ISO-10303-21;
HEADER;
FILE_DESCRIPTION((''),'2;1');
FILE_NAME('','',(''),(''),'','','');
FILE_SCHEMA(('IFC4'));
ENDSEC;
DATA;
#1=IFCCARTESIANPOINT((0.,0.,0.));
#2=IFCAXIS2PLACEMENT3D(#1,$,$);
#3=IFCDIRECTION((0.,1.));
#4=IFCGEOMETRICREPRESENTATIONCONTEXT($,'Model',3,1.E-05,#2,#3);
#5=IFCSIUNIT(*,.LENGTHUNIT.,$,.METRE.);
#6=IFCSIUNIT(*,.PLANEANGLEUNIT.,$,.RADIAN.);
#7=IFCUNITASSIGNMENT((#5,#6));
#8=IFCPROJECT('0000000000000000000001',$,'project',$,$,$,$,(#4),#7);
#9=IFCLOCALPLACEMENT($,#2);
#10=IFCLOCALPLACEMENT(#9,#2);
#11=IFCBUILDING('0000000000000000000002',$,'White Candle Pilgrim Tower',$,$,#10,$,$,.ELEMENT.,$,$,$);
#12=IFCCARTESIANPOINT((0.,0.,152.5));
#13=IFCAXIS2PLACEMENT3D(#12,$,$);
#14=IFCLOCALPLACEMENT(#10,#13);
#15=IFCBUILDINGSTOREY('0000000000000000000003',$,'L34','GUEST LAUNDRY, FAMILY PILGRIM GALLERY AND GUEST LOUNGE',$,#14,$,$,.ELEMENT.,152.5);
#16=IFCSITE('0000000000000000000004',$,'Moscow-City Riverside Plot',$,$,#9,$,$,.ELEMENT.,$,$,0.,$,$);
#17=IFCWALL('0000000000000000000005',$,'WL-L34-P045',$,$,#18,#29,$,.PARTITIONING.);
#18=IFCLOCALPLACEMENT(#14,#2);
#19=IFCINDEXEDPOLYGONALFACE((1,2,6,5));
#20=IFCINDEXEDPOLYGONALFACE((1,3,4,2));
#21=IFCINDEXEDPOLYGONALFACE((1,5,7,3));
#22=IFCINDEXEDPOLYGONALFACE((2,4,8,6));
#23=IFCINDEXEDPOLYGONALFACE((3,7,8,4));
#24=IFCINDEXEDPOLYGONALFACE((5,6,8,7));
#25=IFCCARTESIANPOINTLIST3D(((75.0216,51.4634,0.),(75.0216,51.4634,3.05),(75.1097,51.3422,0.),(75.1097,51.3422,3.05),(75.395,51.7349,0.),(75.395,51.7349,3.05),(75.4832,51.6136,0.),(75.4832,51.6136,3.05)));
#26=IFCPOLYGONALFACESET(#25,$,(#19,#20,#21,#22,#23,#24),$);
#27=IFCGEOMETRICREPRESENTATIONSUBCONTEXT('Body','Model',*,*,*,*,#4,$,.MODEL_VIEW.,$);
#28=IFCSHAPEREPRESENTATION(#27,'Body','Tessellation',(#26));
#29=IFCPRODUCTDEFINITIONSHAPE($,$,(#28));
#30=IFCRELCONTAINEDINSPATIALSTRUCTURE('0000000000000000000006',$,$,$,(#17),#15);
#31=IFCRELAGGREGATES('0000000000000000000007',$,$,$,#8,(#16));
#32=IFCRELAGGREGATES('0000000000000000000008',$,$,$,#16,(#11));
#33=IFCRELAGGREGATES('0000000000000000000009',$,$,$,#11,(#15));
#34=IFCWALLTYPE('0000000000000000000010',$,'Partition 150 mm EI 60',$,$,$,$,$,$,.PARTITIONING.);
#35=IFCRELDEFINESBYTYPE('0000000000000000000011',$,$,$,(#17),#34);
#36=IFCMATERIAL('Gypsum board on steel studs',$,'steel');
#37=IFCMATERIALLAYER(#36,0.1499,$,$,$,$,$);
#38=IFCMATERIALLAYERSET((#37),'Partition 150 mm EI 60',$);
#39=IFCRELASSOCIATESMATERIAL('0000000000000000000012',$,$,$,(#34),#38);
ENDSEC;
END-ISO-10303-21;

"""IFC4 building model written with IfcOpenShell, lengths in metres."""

from ifc_helpers import new_model, si_unit, direction, frame, frame_2d, origin, place, context, subcontext, project, spatial, rectangle, extrude, material, layer, layer_set, type_object, element, save


model = new_model("IFC4")

# Units and contexts
model_context = context("Model", 3, precision=1e-05, world=origin(), true_north=direction((0.0, 1.0)))
body_context = subcontext(model_context, "Body", "Model", "MODEL_VIEW")
ifc_project = project(units=[si_unit("LENGTHUNIT", "METRE"), si_unit("PLANEANGLEUNIT", "RADIAN")], contexts=[model_context])

# Site, building, storey
site_placement = place(None, origin())
site = spatial("IfcSite", under=ifc_project, at=site_placement, Name="Moscow-City Riverside Plot", CompositionType="ELEMENT", RefElevation=0.0)
building_placement = place(site_placement, origin())
building = spatial("IfcBuilding", under=site, at=building_placement, Name="White Candle Pilgrim Tower", CompositionType="ELEMENT")
storey_placement = place(building_placement, frame((0.0, 0.0, 152.5)))
storey = spatial("IfcBuildingStorey", under=building, at=storey_placement, Name="L34", Description="GUEST LAUNDRY, FAMILY PILGRIM GALLERY AND GUEST LOUNGE", CompositionType="ELEMENT", Elevation=152.5)

# Shared definitions
ifc_material_1 = material(Name="Gypsum board on steel studs", Category="steel")

# Wall
ifc_layer_1 = layer(ifc_material_1, 0.1499)
ifc_layer_set_1 = layer_set([ifc_layer_1], Name="Partition 150 mm EI 60")
wall_type_1 = type_object("IfcWallType", Name="Partition 150 mm EI 60", PredefinedType="PARTITIONING", material=ifc_layer_set_1)
wall_1_placement = place(storey_placement, frame((75.4392, 51.6743, 0.0), z_axis=(0.0, 0.0, 1.0), x_axis=(-0.808919, -0.58792, 0.0)))
element("IfcWall", 1, at=wall_1_placement, inside=storey, type_object=wall_type_1, Name="WL-L34-P045", PredefinedType="PARTITIONING", context=body_context, shape_type="SweptSolid", body=[
    extrude(rectangle(XDim=0.4617, YDim=0.1499, at=frame_2d((0.231, 0.0))), origin(), (0.0, 0.0, 1.0), 3.05),
])

save(model, "model.ifc")
